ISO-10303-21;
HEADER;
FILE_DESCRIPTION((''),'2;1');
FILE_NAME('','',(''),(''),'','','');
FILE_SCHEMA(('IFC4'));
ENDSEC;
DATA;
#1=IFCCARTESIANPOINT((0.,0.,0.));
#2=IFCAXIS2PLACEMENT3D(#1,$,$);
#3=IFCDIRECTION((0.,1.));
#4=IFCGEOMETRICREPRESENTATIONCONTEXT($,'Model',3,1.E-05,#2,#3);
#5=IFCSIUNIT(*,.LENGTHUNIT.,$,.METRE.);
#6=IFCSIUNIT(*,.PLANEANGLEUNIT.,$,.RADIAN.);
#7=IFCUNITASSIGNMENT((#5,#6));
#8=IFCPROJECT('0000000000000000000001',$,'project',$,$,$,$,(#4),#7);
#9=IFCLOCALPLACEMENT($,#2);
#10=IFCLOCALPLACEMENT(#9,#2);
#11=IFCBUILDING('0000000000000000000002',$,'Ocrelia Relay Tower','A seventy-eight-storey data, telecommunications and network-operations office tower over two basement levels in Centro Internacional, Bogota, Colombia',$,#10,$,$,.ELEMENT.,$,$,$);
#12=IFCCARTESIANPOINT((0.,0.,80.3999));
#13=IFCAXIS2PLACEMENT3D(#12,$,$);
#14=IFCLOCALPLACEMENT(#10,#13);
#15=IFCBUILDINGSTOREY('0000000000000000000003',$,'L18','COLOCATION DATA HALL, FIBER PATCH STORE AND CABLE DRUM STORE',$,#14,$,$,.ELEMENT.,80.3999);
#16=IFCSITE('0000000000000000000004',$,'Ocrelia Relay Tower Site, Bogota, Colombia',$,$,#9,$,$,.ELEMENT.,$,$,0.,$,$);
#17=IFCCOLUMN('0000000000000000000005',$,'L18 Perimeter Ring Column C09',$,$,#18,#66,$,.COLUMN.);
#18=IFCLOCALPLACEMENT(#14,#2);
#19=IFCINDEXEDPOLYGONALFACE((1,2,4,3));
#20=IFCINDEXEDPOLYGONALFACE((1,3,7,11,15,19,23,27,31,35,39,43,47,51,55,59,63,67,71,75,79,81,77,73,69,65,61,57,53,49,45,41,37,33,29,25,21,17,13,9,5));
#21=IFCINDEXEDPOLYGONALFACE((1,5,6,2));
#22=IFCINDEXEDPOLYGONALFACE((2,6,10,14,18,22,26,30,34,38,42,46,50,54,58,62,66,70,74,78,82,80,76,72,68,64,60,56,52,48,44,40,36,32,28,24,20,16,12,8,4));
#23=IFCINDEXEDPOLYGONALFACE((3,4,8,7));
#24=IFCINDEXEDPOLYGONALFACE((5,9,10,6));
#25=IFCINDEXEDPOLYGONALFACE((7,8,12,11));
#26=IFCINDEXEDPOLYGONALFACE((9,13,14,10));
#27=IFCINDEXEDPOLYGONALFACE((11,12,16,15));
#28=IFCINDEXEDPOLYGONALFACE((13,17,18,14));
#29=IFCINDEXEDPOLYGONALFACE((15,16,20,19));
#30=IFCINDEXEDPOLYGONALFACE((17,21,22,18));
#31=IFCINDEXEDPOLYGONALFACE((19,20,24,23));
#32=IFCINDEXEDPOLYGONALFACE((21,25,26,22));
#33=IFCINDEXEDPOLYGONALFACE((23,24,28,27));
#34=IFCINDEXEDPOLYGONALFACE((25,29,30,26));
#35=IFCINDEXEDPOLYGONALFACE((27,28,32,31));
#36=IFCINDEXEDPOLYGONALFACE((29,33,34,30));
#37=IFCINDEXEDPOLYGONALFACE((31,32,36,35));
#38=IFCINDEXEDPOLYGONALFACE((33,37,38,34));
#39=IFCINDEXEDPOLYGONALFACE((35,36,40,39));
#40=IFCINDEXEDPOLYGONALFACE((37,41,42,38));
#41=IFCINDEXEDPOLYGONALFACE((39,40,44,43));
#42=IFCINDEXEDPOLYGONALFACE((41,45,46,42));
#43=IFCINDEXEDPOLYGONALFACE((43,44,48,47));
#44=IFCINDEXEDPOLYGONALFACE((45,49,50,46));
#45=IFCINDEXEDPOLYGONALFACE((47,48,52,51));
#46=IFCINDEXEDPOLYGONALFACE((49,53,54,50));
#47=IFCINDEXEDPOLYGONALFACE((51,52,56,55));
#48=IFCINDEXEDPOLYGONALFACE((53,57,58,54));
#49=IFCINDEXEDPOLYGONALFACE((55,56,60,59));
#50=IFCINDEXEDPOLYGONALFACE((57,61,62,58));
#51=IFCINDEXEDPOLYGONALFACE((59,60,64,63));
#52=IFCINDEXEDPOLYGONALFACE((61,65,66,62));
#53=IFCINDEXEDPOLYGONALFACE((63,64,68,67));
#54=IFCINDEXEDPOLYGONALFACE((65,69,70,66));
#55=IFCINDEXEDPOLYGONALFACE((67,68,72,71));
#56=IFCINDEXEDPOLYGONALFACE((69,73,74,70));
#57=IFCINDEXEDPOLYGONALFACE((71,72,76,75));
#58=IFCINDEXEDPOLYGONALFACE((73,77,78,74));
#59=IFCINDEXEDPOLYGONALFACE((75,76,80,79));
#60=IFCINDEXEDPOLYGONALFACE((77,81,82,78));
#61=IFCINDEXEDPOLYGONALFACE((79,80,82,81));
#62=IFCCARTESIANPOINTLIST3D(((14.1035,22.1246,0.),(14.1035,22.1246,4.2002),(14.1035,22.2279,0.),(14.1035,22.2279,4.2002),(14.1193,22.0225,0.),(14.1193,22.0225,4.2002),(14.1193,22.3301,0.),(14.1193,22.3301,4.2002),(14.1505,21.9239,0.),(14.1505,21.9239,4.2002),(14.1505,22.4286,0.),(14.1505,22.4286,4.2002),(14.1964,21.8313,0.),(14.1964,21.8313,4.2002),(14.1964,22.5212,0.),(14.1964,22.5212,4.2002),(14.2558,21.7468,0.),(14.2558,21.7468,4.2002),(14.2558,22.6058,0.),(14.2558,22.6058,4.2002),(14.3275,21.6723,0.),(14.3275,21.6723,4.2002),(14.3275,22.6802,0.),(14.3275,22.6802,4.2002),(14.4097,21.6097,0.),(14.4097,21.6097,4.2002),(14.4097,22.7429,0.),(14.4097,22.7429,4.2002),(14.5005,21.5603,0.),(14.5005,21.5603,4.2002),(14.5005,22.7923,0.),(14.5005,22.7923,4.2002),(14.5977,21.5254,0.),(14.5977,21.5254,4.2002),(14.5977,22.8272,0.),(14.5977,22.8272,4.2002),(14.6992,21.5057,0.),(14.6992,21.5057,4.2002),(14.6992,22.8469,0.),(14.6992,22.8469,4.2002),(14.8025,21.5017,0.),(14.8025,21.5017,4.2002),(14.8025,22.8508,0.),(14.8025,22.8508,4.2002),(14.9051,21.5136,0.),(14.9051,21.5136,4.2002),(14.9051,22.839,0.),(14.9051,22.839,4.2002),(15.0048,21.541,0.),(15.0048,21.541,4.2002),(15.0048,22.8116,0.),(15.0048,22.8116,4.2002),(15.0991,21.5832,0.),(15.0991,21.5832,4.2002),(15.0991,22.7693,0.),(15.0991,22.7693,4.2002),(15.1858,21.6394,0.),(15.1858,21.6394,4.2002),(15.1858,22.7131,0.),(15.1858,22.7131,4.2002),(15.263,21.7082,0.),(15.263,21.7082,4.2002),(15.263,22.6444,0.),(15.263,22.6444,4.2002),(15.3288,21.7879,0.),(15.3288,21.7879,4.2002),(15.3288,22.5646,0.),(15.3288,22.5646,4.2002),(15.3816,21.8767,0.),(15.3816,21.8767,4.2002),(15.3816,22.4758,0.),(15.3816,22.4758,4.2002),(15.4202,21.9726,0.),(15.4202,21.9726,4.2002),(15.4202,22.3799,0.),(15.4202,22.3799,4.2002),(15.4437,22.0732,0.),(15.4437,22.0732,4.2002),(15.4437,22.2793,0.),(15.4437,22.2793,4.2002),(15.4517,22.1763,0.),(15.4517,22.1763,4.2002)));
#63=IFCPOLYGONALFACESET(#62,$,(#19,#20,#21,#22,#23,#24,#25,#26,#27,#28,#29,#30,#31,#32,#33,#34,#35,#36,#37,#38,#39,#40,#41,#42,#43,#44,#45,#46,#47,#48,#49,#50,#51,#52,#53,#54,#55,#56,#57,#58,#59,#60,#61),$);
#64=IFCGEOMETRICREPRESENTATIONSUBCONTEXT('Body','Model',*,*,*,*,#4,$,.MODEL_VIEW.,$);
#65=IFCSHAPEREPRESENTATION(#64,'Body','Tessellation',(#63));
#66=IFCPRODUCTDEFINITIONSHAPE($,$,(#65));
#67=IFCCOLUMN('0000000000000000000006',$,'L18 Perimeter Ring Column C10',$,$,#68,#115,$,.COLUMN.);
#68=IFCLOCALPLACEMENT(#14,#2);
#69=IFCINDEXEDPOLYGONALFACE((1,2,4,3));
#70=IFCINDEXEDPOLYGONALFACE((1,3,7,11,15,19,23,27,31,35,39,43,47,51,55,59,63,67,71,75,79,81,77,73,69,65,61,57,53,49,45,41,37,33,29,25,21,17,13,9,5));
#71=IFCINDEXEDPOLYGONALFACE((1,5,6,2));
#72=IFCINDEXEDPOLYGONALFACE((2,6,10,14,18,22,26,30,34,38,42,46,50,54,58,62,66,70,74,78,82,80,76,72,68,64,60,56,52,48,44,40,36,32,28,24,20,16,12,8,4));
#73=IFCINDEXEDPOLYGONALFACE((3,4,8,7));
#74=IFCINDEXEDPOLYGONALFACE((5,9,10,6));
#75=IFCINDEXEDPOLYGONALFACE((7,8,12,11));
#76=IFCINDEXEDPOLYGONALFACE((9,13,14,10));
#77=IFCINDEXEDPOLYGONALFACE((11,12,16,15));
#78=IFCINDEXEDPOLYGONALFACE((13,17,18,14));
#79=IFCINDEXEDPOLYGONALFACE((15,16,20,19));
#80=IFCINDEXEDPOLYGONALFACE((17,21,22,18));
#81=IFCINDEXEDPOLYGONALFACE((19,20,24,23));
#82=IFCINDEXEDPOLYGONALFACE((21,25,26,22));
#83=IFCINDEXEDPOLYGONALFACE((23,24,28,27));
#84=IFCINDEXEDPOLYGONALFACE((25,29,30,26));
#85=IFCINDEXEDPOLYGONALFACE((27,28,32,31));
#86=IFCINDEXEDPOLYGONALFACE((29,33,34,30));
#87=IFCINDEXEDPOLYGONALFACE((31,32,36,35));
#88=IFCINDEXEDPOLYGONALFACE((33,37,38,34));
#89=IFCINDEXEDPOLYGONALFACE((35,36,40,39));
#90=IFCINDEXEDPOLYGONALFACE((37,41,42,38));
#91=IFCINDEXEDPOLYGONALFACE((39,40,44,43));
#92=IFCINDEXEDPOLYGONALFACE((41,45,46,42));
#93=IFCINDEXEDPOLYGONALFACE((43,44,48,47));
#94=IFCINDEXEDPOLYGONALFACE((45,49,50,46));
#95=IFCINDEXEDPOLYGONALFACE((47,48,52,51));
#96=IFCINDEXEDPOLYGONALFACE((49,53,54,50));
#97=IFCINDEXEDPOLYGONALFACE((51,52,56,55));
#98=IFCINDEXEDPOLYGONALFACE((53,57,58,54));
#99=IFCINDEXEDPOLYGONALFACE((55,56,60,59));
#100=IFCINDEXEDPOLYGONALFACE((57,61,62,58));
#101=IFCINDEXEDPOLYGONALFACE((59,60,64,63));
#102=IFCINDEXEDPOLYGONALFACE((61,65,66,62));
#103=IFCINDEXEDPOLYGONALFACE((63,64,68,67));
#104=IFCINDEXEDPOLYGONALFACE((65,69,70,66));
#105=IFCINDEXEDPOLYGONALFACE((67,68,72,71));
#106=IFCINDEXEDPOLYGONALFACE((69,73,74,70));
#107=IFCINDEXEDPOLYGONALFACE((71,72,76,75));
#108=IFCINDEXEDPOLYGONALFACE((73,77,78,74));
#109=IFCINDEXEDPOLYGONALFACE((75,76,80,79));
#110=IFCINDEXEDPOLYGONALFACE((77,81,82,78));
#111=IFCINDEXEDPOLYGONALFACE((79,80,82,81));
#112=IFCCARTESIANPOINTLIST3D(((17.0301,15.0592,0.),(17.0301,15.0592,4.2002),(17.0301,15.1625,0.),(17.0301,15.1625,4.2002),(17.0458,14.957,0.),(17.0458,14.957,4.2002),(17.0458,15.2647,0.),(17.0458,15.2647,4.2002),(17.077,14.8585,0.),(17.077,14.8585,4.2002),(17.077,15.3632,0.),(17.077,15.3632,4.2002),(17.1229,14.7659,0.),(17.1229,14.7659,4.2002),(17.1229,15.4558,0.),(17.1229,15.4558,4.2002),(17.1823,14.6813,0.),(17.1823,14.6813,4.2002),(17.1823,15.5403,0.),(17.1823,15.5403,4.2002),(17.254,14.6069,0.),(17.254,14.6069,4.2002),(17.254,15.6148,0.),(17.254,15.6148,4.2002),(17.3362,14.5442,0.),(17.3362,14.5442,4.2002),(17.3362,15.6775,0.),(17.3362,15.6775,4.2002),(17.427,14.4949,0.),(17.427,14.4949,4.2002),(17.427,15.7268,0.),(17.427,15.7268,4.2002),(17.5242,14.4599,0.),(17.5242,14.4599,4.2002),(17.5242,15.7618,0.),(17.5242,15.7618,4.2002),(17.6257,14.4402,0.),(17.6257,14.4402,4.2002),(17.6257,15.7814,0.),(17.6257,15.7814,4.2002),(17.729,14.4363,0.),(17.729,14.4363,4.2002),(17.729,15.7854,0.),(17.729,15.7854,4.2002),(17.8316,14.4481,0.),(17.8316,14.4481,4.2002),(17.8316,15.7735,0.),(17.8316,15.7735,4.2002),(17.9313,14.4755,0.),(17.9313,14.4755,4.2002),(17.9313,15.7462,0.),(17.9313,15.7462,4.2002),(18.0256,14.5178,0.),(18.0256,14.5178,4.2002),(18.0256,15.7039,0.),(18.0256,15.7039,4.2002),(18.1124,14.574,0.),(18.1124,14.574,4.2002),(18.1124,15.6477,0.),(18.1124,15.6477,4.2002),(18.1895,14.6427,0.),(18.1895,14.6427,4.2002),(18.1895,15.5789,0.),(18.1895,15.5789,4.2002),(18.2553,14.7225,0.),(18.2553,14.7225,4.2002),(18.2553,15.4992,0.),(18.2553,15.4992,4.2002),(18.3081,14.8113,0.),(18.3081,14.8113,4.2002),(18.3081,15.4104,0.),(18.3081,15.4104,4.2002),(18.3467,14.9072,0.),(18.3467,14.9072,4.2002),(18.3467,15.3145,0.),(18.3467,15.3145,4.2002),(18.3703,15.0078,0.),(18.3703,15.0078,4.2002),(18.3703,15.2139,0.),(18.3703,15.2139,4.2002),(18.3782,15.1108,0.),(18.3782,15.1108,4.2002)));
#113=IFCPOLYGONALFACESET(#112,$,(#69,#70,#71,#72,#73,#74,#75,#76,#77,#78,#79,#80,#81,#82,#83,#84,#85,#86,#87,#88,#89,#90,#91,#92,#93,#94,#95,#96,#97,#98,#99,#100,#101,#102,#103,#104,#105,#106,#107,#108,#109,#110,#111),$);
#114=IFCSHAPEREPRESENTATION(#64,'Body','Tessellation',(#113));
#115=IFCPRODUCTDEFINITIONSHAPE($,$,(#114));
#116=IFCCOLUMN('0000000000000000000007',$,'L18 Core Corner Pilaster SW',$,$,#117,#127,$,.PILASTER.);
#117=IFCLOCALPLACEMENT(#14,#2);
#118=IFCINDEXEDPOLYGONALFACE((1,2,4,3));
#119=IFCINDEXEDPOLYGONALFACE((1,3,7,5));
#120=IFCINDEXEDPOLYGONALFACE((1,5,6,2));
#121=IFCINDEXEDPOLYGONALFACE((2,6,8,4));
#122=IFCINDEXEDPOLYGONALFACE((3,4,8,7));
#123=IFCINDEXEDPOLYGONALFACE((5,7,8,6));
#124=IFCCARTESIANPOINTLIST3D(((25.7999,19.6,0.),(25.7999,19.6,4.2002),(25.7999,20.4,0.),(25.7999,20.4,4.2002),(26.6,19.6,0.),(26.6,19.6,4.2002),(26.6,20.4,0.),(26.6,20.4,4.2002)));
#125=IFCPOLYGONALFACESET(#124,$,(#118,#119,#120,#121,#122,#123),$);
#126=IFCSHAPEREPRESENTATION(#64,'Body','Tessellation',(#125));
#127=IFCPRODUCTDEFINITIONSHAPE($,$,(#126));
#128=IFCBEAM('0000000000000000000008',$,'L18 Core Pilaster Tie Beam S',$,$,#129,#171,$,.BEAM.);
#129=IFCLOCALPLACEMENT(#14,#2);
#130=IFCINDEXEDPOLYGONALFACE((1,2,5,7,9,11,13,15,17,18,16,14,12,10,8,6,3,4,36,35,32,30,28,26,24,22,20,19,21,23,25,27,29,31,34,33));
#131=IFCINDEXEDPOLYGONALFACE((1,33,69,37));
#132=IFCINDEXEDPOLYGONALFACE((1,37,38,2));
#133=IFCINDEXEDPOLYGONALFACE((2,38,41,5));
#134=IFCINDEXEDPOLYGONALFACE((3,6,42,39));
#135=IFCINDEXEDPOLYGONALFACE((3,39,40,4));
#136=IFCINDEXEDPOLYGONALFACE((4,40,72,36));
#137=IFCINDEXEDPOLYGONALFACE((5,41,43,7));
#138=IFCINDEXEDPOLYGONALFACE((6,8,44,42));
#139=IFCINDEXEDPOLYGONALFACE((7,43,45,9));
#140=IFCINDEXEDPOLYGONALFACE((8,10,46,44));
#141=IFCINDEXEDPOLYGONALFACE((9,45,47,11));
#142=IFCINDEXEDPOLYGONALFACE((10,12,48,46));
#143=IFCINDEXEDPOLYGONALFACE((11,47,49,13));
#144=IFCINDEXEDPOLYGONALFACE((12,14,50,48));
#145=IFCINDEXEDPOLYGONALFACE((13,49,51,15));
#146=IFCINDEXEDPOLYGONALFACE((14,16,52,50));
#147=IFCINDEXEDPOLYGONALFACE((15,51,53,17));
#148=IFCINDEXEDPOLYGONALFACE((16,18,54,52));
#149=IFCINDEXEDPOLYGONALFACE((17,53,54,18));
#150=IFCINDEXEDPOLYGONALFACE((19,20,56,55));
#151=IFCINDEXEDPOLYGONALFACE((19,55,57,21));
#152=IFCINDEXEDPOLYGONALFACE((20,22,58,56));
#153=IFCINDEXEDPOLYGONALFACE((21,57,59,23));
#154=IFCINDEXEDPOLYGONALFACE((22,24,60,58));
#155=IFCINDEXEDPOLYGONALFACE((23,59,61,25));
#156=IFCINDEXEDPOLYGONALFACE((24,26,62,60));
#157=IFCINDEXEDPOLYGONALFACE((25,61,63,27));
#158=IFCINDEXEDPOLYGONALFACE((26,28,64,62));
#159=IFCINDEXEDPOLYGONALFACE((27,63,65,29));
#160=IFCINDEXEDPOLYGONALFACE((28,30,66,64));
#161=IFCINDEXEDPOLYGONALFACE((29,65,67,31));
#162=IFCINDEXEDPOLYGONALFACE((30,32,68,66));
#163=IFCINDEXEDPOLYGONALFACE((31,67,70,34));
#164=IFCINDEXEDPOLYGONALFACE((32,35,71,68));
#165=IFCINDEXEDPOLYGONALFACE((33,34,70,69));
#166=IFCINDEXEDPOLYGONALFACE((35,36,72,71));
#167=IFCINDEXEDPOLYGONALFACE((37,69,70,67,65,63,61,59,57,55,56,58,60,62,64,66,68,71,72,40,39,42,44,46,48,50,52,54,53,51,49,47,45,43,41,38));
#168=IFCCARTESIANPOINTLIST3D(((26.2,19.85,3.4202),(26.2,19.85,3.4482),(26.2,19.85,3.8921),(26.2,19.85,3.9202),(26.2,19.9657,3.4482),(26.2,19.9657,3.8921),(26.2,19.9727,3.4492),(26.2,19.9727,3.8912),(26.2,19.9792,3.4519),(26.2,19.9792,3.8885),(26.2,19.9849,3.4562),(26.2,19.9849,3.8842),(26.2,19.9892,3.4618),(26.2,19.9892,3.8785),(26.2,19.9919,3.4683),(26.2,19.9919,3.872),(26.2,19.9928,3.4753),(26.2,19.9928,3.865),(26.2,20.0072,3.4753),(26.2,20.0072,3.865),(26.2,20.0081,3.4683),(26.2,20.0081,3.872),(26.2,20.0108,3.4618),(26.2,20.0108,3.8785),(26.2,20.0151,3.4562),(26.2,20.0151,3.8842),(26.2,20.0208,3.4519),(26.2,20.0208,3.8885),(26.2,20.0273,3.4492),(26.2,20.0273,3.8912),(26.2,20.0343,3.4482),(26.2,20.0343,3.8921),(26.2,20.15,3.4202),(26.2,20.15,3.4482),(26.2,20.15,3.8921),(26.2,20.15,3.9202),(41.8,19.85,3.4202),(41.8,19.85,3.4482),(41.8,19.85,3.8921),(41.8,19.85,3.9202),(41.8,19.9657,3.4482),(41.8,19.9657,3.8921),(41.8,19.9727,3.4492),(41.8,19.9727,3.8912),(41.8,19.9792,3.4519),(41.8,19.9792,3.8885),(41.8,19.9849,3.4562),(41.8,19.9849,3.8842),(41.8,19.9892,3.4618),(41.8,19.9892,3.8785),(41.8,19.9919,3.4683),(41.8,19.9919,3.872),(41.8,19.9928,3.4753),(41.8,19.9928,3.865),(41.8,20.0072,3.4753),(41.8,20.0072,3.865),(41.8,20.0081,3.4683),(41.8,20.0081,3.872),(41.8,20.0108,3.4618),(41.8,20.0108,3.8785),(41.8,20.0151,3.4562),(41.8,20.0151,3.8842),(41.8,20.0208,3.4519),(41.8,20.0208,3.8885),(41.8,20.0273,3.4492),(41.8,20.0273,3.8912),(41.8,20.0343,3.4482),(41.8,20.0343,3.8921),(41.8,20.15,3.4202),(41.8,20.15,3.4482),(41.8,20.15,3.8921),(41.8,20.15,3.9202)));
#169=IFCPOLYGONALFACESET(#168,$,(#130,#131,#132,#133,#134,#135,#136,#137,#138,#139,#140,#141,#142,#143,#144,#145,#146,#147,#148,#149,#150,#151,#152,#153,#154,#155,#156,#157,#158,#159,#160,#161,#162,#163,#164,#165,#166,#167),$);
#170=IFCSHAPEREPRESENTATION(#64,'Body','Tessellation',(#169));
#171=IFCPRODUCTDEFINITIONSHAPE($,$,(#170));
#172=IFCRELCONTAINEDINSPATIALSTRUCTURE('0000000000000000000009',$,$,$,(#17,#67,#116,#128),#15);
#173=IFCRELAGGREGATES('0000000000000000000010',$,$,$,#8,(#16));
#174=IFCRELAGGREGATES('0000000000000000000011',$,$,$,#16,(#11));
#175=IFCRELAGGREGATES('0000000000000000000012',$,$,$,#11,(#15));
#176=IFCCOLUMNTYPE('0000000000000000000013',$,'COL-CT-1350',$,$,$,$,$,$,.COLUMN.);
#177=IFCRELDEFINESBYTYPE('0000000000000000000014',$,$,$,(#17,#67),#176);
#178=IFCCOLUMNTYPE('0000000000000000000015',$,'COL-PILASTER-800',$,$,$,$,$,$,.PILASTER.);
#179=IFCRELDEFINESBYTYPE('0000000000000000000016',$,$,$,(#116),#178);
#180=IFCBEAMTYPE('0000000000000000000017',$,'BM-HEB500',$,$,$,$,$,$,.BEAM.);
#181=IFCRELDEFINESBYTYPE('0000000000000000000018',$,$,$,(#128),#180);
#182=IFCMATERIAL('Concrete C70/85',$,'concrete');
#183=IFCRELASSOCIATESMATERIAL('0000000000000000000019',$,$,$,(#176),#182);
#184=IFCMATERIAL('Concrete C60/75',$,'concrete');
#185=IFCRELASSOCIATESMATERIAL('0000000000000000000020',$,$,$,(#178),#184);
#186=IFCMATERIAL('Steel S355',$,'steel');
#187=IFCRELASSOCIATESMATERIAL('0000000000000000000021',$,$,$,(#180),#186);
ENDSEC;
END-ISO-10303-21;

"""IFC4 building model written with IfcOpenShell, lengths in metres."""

from ifc_helpers import new_model, si_unit, direction, frame, origin, origin_2d, place, context, subcontext, project, spatial, rectangle, circle, i_section, extrude, material, material_profile, profile_set, type_object, element, save


model = new_model("IFC4")

# Units and contexts
model_context = context("Model", 3, precision=1e-05, world=origin(), true_north=direction((0.0, 1.0)))
body_context = subcontext(model_context, "Body", "Model", "MODEL_VIEW")
ifc_project = project(units=[si_unit("LENGTHUNIT", "METRE"), si_unit("PLANEANGLEUNIT", "RADIAN")], contexts=[model_context])

# Site, building, storey
site_placement = place(None, origin())
site = spatial("IfcSite", under=ifc_project, at=site_placement, Name="Ocrelia Relay Tower Site, Bogota, Colombia", CompositionType="ELEMENT", RefElevation=0.0)
building_placement = place(site_placement, origin())
building = spatial("IfcBuilding", under=site, at=building_placement, Name="Ocrelia Relay Tower", Description="A seventy-eight-storey data, telecommunications and network-operations office tower over two basement levels in Centro Internacional, Bogota, Colombia", CompositionType="ELEMENT")
storey_placement = place(building_placement, frame((0.0, 0.0, 80.3999)))
storey = spatial("IfcBuildingStorey", under=building, at=storey_placement, Name="L18", Description="COLOCATION DATA HALL, FIBER PATCH STORE AND CABLE DRUM STORE", CompositionType="ELEMENT", Elevation=80.3999)

# Columns
ifc_material_1 = material(Name="Concrete C70/85", Category="concrete")
ifc_material_profile_1 = material_profile(ifc_material_1, circle(Radius=0.675, at=origin_2d()), Name="RC-CIR-1350")
ifc_profile_set_1 = profile_set([ifc_material_profile_1], Name="Concrete C70/85")
column_type_1 = type_object("IfcColumnType", Name="COL-CT-1350", PredefinedType="COLUMN", material=ifc_profile_set_1)
for number, where, z_axis, x_axis, name in (
    (1, (14.7766, 22.1763, 0.0), (0.0, 0.0, 1.0), (1.0, 0.0, 0.0), "L18 Perimeter Ring Column C09"),
    (2, (17.7031, 15.1108, 0.0), (0.0, 0.0, 1.0), (1.0, 0.0, 0.0), "L18 Perimeter Ring Column C10"),
):
    element("IfcColumn", number, at=place(storey_placement, frame(where, z_axis=z_axis, x_axis=x_axis)), inside=storey, type_object=column_type_1, Name=name, PredefinedType="COLUMN", context=body_context, shape_type="SweptSolid", body=[
        extrude(circle(Radius=0.675, at=origin_2d()), origin(), (0.0, 0.0, 1.0), 4.2002),
    ])
ifc_material_2 = material(Name="Concrete C60/75", Category="concrete")
ifc_material_profile_2 = material_profile(ifc_material_2, rectangle(XDim=0.8, YDim=0.8, at=origin_2d()), Name="RC-COL-800x800")
ifc_profile_set_2 = profile_set([ifc_material_profile_2], Name="Concrete C60/75")
column_type_2 = type_object("IfcColumnType", Name="COL-PILASTER-800", PredefinedType="PILASTER", material=ifc_profile_set_2)
column_placement = place(storey_placement, frame((26.2, 20.0, 0.0), z_axis=(0.0, 0.0, 1.0), x_axis=(1.0, 0.0, 0.0)))
element("IfcColumn", 3, at=column_placement, inside=storey, type_object=column_type_2, Name="L18 Core Corner Pilaster SW", PredefinedType="PILASTER", context=body_context, shape_type="SweptSolid", body=[
    extrude(rectangle(XDim=0.8, YDim=0.8, at=origin_2d()), origin(), (0.0, 0.0, 1.0), 4.2002),
])

# Beam
ifc_material_3 = material(Name="Steel S355", Category="steel")
ifc_material_profile_3 = material_profile(ifc_material_3, i_section(OverallWidth=0.3, OverallDepth=0.5, WebThickness=0.0144, FlangeThickness=0.0281, FilletRadius=0.0271, at=origin_2d()), Name="HEB 500")
ifc_profile_set_3 = profile_set([ifc_material_profile_3], Name="Steel S355")
beam_type_1 = type_object("IfcBeamType", Name="BM-HEB500", PredefinedType="BEAM", material=ifc_profile_set_3)
beam_1_placement = place(storey_placement, frame((26.2, 20.0, 3.6702), z_axis=(1.0, 0.0, 0.0), x_axis=(0.0, 1.0, 0.0)))
element("IfcBeam", 4, at=beam_1_placement, inside=storey, type_object=beam_type_1, Name="L18 Core Pilaster Tie Beam S", PredefinedType="BEAM", context=body_context, shape_type="SweptSolid", body=[
    extrude(i_section(OverallWidth=0.3, OverallDepth=0.5, WebThickness=0.0144, FlangeThickness=0.0281, FilletRadius=0.0271, at=origin_2d()), origin(), (0.0, 0.0, 1.0), 15.6001),
])

save(model, "model.ifc")
